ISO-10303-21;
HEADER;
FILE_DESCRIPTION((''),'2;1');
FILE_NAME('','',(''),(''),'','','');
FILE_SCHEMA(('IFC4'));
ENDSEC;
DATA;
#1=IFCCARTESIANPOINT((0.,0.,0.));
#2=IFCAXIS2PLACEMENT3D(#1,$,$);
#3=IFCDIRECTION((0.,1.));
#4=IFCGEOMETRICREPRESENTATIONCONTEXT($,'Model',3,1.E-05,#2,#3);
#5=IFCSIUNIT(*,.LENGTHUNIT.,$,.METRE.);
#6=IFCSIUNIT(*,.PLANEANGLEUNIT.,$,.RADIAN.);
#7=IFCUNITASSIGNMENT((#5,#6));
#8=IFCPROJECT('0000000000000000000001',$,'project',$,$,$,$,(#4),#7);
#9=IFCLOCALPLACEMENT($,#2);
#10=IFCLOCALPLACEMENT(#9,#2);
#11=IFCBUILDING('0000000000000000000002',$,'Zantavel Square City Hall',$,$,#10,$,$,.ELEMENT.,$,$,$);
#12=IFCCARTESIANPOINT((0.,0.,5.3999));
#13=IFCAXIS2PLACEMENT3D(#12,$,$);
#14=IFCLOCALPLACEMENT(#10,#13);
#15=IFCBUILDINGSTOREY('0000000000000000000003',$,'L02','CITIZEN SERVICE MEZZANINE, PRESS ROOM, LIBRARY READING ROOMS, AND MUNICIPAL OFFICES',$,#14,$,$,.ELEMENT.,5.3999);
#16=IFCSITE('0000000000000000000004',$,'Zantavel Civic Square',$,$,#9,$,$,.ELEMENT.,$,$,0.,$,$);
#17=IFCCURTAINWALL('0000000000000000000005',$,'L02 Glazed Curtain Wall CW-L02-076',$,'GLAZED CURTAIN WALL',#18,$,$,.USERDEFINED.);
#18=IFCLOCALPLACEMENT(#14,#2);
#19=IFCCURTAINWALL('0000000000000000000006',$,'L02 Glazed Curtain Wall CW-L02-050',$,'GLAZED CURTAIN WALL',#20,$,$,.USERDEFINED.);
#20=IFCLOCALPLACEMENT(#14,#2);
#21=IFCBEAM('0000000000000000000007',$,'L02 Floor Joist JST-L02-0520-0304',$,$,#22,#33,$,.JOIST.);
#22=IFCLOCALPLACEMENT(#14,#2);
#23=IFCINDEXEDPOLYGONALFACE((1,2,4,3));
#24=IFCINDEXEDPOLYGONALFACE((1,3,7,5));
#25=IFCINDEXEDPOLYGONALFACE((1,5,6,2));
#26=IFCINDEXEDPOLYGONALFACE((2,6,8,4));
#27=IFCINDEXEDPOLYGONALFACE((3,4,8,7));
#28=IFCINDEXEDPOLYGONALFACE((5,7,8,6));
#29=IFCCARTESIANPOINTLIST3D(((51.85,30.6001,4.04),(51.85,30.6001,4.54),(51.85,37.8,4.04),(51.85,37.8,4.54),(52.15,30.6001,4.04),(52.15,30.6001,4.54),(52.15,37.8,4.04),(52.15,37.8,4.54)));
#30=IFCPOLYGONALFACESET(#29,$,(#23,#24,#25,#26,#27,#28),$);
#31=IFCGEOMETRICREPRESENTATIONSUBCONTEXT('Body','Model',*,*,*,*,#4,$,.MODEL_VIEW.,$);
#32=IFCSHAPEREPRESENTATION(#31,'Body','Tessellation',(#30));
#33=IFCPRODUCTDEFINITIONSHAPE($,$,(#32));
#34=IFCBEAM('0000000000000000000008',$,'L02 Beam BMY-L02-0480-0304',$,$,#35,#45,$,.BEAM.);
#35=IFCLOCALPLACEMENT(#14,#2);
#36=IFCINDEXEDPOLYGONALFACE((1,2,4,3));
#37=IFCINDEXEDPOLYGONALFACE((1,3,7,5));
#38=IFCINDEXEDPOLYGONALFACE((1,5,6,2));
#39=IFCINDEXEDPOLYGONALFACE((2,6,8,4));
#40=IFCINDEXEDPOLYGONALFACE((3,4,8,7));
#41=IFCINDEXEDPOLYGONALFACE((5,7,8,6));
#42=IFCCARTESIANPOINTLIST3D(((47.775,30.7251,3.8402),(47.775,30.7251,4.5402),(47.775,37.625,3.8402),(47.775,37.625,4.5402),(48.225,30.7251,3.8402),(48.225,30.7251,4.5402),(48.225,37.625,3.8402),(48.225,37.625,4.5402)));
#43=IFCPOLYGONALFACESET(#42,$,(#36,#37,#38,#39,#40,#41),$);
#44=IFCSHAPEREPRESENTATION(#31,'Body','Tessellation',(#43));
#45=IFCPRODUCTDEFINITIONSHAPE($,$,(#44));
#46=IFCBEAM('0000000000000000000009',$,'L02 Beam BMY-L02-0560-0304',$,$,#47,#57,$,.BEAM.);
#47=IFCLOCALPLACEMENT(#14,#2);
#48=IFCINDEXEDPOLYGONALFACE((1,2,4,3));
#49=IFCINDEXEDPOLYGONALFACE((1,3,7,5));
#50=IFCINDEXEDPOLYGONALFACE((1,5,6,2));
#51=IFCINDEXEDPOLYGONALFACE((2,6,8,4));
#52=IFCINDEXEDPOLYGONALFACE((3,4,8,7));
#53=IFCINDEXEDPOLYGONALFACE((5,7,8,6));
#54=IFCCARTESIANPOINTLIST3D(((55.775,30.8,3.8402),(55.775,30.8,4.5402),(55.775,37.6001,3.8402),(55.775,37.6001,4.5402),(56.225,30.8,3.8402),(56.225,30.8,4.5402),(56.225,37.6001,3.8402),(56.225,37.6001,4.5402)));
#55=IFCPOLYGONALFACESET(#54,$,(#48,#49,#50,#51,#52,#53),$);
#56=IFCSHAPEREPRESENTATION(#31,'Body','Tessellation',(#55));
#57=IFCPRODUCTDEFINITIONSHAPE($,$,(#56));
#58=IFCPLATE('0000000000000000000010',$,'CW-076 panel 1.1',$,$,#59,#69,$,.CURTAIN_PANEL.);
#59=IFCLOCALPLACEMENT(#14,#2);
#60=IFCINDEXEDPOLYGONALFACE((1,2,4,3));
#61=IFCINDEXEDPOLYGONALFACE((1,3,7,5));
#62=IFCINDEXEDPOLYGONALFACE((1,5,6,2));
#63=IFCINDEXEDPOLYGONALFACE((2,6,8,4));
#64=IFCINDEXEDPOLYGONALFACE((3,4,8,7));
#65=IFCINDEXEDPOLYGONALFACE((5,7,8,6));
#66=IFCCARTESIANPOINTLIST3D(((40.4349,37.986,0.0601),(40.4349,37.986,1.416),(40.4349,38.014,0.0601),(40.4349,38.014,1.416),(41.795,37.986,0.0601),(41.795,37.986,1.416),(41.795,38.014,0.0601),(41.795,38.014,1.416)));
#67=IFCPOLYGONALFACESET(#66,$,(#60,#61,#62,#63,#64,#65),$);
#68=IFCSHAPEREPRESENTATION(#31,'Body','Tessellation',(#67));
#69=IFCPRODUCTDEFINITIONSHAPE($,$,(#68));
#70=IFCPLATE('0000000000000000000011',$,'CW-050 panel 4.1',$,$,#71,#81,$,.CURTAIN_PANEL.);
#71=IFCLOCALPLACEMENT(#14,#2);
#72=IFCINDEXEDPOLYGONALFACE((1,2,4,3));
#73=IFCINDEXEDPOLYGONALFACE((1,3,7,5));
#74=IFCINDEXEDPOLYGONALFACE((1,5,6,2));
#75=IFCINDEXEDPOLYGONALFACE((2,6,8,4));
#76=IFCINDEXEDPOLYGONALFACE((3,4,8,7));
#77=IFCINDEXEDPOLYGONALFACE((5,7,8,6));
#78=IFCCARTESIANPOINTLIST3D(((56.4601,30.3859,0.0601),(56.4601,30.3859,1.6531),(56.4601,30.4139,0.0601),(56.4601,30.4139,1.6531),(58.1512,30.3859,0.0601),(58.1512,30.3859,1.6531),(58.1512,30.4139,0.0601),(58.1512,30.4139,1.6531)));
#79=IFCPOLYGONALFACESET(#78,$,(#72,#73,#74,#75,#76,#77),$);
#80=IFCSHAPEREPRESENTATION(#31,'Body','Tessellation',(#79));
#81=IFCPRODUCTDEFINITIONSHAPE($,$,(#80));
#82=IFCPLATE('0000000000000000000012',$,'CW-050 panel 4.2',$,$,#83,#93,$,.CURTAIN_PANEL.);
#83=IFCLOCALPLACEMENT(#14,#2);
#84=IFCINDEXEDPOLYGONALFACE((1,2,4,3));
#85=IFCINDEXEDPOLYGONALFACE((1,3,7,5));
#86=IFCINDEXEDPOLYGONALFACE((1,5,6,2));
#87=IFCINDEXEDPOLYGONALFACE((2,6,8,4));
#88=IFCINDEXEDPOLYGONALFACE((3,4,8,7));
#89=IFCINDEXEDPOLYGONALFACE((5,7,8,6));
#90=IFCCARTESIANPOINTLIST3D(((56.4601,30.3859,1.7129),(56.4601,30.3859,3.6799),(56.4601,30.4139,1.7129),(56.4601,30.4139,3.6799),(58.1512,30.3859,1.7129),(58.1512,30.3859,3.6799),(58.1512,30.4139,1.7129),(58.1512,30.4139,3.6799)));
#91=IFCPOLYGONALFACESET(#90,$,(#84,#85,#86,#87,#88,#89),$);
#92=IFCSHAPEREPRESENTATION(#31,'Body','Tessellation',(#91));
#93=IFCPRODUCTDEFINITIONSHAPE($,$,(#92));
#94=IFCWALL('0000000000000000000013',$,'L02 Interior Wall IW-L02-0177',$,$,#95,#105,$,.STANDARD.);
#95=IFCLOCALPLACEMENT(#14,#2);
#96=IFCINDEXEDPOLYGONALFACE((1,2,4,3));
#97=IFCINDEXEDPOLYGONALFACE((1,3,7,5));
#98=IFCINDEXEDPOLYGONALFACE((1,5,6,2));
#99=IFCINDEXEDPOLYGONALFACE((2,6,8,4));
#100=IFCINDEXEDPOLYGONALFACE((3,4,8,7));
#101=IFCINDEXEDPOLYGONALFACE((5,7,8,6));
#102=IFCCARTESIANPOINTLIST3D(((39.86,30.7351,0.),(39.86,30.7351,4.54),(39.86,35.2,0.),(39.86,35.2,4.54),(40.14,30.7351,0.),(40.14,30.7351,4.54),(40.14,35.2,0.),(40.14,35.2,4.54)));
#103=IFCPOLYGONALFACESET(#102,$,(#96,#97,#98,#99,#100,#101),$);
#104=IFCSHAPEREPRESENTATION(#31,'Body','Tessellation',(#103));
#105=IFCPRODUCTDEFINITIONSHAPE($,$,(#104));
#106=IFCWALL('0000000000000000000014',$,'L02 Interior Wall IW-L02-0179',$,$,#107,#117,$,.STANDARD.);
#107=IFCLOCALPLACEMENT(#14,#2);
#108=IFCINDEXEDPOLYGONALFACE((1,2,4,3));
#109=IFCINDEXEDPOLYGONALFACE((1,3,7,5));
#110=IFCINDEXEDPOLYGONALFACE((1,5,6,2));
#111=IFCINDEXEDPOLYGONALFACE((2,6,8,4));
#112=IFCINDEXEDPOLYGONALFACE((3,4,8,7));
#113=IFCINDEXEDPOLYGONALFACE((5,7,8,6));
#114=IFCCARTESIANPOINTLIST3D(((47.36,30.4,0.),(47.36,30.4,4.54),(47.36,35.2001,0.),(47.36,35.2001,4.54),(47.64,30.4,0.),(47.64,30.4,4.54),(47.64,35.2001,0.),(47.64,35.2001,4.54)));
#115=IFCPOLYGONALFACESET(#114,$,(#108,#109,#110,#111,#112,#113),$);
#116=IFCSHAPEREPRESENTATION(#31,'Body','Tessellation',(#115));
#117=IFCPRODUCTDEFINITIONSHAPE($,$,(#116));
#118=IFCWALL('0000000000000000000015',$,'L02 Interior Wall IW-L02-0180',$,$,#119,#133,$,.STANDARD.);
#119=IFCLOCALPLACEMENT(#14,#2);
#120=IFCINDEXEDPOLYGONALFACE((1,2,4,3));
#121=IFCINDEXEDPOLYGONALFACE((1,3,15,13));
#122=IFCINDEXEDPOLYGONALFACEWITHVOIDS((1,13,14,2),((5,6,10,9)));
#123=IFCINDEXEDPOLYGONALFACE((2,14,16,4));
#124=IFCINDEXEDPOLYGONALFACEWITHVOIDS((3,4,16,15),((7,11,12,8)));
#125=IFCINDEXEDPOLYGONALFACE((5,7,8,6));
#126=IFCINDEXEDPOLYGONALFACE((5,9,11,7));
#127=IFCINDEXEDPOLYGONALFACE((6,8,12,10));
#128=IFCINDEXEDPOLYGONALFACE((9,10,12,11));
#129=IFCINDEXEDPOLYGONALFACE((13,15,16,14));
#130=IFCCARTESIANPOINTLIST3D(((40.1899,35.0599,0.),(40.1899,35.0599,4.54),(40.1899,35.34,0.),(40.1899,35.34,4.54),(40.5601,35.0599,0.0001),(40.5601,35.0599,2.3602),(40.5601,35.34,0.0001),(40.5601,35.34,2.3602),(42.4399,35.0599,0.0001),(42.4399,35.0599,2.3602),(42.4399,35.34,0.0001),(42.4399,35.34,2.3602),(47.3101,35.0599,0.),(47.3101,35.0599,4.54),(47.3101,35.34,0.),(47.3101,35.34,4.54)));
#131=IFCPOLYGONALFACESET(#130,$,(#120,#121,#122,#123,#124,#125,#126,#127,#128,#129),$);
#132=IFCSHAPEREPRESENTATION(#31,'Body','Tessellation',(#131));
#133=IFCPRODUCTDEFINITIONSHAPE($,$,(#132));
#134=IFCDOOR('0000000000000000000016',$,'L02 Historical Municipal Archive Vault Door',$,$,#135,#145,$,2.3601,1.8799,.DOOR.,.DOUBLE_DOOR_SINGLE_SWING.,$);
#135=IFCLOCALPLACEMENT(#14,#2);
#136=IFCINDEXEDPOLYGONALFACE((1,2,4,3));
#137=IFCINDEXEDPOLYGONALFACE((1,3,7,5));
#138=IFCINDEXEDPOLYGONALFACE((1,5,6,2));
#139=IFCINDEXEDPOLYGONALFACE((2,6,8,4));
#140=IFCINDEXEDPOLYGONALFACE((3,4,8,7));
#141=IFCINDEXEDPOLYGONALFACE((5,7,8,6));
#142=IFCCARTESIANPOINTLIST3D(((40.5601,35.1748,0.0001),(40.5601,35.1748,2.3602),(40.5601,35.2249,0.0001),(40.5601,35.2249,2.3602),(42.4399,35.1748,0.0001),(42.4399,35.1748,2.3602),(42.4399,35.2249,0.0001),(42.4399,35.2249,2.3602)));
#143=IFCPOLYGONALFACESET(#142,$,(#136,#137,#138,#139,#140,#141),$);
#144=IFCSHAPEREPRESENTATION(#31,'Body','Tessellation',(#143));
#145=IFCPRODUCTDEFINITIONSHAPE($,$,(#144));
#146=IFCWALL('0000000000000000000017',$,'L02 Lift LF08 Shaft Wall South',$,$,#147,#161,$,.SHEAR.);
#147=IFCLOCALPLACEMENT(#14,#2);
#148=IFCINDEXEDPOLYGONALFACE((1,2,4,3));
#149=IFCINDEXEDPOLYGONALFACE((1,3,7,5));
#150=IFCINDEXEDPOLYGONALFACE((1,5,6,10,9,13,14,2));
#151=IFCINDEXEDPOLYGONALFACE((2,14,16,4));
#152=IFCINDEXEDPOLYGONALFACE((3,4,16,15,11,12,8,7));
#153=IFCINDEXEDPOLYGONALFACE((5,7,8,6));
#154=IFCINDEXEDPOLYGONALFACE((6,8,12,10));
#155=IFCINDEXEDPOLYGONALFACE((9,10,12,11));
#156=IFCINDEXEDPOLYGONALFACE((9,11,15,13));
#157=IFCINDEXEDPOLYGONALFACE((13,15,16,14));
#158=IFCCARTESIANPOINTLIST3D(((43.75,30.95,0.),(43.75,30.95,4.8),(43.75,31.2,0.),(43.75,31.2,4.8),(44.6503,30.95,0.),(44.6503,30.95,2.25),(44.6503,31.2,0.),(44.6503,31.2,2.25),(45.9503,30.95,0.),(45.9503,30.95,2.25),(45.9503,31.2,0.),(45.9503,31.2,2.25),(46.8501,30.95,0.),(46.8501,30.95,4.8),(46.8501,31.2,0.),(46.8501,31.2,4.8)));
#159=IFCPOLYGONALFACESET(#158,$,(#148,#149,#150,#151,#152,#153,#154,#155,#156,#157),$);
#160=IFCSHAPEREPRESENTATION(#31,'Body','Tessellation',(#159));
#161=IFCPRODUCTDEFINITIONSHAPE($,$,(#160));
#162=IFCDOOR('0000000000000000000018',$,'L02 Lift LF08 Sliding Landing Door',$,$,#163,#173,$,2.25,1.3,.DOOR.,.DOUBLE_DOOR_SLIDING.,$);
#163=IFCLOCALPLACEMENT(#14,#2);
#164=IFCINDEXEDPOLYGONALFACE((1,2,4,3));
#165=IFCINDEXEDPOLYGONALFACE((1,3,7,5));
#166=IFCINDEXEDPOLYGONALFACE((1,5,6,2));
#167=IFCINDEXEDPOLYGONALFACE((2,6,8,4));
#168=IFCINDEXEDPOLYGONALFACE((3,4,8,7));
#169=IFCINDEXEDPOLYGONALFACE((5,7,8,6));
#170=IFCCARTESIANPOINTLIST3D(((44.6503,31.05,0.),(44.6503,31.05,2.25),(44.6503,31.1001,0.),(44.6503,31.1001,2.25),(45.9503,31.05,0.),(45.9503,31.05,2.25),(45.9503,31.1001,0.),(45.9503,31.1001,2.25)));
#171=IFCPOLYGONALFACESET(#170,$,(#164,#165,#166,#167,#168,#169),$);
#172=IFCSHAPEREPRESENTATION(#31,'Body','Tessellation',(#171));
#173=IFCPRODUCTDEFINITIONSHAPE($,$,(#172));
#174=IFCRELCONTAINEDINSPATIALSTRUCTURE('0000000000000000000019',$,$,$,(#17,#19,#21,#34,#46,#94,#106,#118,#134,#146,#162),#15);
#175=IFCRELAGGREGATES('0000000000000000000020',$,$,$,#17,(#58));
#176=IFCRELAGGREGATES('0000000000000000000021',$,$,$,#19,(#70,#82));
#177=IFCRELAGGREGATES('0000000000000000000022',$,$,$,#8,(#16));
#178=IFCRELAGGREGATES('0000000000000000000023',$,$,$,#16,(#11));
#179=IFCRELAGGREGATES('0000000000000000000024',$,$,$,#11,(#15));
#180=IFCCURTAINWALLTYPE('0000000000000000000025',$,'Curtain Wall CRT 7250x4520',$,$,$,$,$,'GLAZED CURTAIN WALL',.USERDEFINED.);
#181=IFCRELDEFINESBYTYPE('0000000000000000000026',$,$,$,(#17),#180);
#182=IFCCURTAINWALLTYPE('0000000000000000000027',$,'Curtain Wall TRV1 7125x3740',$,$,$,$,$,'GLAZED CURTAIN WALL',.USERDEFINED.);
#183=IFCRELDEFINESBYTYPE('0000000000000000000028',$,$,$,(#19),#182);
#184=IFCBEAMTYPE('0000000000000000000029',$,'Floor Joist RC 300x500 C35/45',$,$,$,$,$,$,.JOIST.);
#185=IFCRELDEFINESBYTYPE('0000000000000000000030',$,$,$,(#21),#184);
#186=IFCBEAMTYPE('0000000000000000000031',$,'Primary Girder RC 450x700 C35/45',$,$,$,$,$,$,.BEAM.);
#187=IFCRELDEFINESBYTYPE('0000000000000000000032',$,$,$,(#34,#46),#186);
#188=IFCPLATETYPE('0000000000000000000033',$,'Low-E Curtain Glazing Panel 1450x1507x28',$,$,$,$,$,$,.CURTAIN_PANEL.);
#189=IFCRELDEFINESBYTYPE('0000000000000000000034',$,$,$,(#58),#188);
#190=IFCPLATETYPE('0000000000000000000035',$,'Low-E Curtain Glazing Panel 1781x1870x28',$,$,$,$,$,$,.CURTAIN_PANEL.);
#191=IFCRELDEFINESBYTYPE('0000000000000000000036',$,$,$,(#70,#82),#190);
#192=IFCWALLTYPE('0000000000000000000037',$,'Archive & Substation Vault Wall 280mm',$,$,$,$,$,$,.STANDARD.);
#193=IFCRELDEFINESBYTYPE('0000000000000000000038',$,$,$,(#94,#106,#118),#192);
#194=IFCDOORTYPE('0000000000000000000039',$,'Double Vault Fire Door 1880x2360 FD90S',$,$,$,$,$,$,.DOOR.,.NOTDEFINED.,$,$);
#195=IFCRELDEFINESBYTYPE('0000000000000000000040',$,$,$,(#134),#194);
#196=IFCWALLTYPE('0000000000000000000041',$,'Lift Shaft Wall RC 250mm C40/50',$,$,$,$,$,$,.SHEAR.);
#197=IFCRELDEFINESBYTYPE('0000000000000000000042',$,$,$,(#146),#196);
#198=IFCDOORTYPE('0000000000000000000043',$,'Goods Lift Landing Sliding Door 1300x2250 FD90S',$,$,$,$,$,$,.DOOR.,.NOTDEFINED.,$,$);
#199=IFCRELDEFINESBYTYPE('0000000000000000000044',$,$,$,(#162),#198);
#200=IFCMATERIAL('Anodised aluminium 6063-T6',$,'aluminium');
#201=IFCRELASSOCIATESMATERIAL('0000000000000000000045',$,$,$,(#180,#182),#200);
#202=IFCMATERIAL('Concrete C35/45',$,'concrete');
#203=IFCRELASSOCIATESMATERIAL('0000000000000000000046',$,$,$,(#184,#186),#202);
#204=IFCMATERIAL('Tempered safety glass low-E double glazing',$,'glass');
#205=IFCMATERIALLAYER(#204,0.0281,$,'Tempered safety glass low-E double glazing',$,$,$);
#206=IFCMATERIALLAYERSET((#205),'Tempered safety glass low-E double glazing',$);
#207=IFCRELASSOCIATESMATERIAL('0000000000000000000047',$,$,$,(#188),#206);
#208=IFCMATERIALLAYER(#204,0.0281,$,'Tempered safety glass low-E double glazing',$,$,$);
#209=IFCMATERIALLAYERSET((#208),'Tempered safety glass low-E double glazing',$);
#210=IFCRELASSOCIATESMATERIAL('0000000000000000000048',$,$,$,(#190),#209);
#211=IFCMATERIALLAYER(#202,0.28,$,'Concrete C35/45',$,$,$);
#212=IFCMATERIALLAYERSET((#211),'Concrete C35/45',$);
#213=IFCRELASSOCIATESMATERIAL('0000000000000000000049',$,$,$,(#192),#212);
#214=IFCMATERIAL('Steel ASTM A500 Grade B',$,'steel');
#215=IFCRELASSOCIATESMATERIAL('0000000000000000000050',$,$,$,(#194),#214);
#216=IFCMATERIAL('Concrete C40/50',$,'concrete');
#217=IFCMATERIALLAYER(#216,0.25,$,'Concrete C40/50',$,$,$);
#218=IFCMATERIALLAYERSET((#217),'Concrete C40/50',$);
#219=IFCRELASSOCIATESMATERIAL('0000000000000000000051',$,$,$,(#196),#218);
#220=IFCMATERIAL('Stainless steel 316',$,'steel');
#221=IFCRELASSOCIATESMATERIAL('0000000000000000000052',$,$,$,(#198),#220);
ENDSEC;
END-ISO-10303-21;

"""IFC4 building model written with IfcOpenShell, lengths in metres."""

from ifc_helpers import new_model, si_unit, direction, frame, frame_2d, origin, origin_2d, place, context, subcontext, project, spatial, rectangle, extrude, material, layer, layer_set, material_profile, profile_set, type_object, element, fill, aggregate, save


model = new_model("IFC4")

# Units and contexts
model_context = context("Model", 3, precision=1e-05, world=origin(), true_north=direction((0.0, 1.0)))
body_context = subcontext(model_context, "Body", "Model", "MODEL_VIEW")
ifc_project = project(units=[si_unit("LENGTHUNIT", "METRE"), si_unit("PLANEANGLEUNIT", "RADIAN")], contexts=[model_context])

# Site, building, storey
site_placement = place(None, origin())
site = spatial("IfcSite", under=ifc_project, at=site_placement, Name="Zantavel Civic Square", CompositionType="ELEMENT", RefElevation=0.0)
building_placement = place(site_placement, origin())
building = spatial("IfcBuilding", under=site, at=building_placement, Name="Zantavel Square City Hall", CompositionType="ELEMENT")
storey_placement = place(building_placement, frame((0.0, 0.0, 5.3999)))
storey = spatial("IfcBuildingStorey", under=building, at=storey_placement, Name="L02", Description="CITIZEN SERVICE MEZZANINE, PRESS ROOM, LIBRARY READING ROOMS, AND MUNICIPAL OFFICES", CompositionType="ELEMENT", Elevation=5.3999)

# Shared definitions
ifc_material_1 = material(Name="Concrete C40/50", Category="concrete")

# Curtain wall
ifc_material_2 = material(Name="Anodised aluminium 6063-T6", Category="aluminium")
curtain_wall_type_1 = type_object("IfcCurtainWallType", Name="Curtain Wall CRT 7250x4520", ElementType="GLAZED CURTAIN WALL", PredefinedType="USERDEFINED", material=ifc_material_2)
curtain_wall_1_placement = place(storey_placement, origin())
curtain_wall_1 = element("IfcCurtainWall", 1, at=curtain_wall_1_placement, inside=storey, type_object=curtain_wall_type_1, Name="L02 Glazed Curtain Wall CW-L02-076", ObjectType="GLAZED CURTAIN WALL", PredefinedType="USERDEFINED")

# Curtain wall
curtain_wall_type_2 = type_object("IfcCurtainWallType", Name="Curtain Wall TRV1 7125x3740", ElementType="GLAZED CURTAIN WALL", PredefinedType="USERDEFINED", material=ifc_material_2)
curtain_wall_2_placement = place(storey_placement, origin())
curtain_wall_2 = element("IfcCurtainWall", 2, at=curtain_wall_2_placement, inside=storey, type_object=curtain_wall_type_2, Name="L02 Glazed Curtain Wall CW-L02-050", ObjectType="GLAZED CURTAIN WALL", PredefinedType="USERDEFINED")

# Beams
ifc_material_3 = material(Name="Concrete C35/45", Category="concrete")
ifc_material_profile_1 = material_profile(ifc_material_3, rectangle(XDim=0.3, YDim=0.5, at=origin_2d()), Name="RC 300x500")
ifc_profile_set_1 = profile_set([ifc_material_profile_1], Name="Concrete C35/45")
beam_type_1 = type_object("IfcBeamType", Name="Floor Joist RC 300x500 C35/45", PredefinedType="JOIST", material=ifc_profile_set_1)
beam_1_placement = place(storey_placement, frame((52.0, 30.6001, 4.29), z_axis=(0.0, 1.0, 0.0), x_axis=(-1.0, 0.0, 0.0)))
element("IfcBeam", 3, at=beam_1_placement, inside=storey, type_object=beam_type_1, Name="L02 Floor Joist JST-L02-0520-0304", PredefinedType="JOIST", context=body_context, shape_type="SweptSolid", body=[
    extrude(rectangle(XDim=0.3, YDim=0.5, at=origin_2d()), origin(), (0.0, 0.0, 1.0), 7.2),
])
ifc_material_profile_2 = material_profile(ifc_material_3, rectangle(XDim=0.45, YDim=0.7, at=origin_2d()), Name="RC 450x700")
ifc_profile_set_2 = profile_set([ifc_material_profile_2], Name="Concrete C35/45")
beam_type_2 = type_object("IfcBeamType", Name="Primary Girder RC 450x700 C35/45", PredefinedType="BEAM", material=ifc_profile_set_2)
beam_2_placement = place(storey_placement, frame((48.0, 30.7251, 4.1902), z_axis=(0.0, 1.0, 0.0), x_axis=(-1.0, 0.0, 0.0)))
element("IfcBeam", 4, at=beam_2_placement, inside=storey, type_object=beam_type_2, Name="L02 Beam BMY-L02-0480-0304", PredefinedType="BEAM", context=body_context, shape_type="SweptSolid", body=[
    extrude(rectangle(XDim=0.45, YDim=0.7, at=origin_2d()), origin(), (0.0, 0.0, 1.0), 6.8999),
])
beam_3_placement = place(storey_placement, frame((56.0, 30.8, 4.1902), z_axis=(0.0, 1.0, 0.0), x_axis=(-1.0, 0.0, 0.0)))
element("IfcBeam", 5, at=beam_3_placement, inside=storey, type_object=beam_type_2, Name="L02 Beam BMY-L02-0560-0304", PredefinedType="BEAM", context=body_context, shape_type="SweptSolid", body=[
    extrude(rectangle(XDim=0.45, YDim=0.7, at=origin_2d()), origin(), (0.0, 0.0, 1.0), 6.8),
])

# Plates
ifc_material_4 = material(Name="Tempered safety glass low-E double glazing", Category="glass")
ifc_layer_1 = layer(ifc_material_4, 0.0281, Name="Tempered safety glass low-E double glazing")
ifc_layer_set_1 = layer_set([ifc_layer_1], Name="Tempered safety glass low-E double glazing")
plate_type_1 = type_object("IfcPlateType", Name="Low-E Curtain Glazing Panel 1450x1507x28", PredefinedType="CURTAIN_PANEL", material=ifc_layer_set_1)
plate_1_placement = place(storey_placement, frame((41.115, 38.0, 0.0601), z_axis=(0.0, 0.0, 1.0), x_axis=(1.0, 0.0, 0.0)))
plate_1 = element("IfcPlate", 6, at=plate_1_placement, type_object=plate_type_1, Name="CW-076 panel 1.1", PredefinedType="CURTAIN_PANEL", context=body_context, shape_type="SweptSolid", body=[
    extrude(rectangle(XDim=1.3601, YDim=0.0281, at=origin_2d()), origin(), (0.0, 0.0, 1.0), 1.356),
])
aggregate(curtain_wall_1, [plate_1])
ifc_layer_2 = layer(ifc_material_4, 0.0281, Name="Tempered safety glass low-E double glazing")
ifc_layer_set_2 = layer_set([ifc_layer_2], Name="Tempered safety glass low-E double glazing")
plate_type_2 = type_object("IfcPlateType", Name="Low-E Curtain Glazing Panel 1781x1870x28", PredefinedType="CURTAIN_PANEL", material=ifc_layer_set_2)
plate_2_placement = place(storey_placement, frame((57.3057, 30.3999, 0.0601), z_axis=(0.0, 0.0, 1.0), x_axis=(-1.0, 0.0, 0.0)))
plate_2 = element("IfcPlate", 7, at=plate_2_placement, type_object=plate_type_2, Name="CW-050 panel 4.1", PredefinedType="CURTAIN_PANEL", context=body_context, shape_type="SweptSolid", body=[
    extrude(rectangle(XDim=1.6912, YDim=0.0281, at=origin_2d()), origin(), (0.0, 0.0, 1.0), 1.593),
])
plate_3_placement = place(storey_placement, frame((57.3057, 30.3999, 1.7129), z_axis=(0.0, 0.0, 1.0), x_axis=(-1.0, 0.0, 0.0)))
plate_3 = element("IfcPlate", 8, at=plate_3_placement, type_object=plate_type_2, Name="CW-050 panel 4.2", PredefinedType="CURTAIN_PANEL", context=body_context, shape_type="SweptSolid", body=[
    extrude(rectangle(XDim=1.6912, YDim=0.0281, at=origin_2d()), origin(), (0.0, 0.0, 1.0), 1.967),
])
aggregate(curtain_wall_2, [plate_2, plate_3])

# Walls
ifc_layer_3 = layer(ifc_material_3, 0.28, Name="Concrete C35/45")
ifc_layer_set_3 = layer_set([ifc_layer_3], Name="Concrete C35/45")
wall_type_1 = type_object("IfcWallType", Name="Archive & Substation Vault Wall 280mm", PredefinedType="STANDARD", material=ifc_layer_set_3)
wall_1_placement = place(storey_placement, frame((40.0, 30.7351, 0.0), z_axis=(0.0, 0.0, 1.0), x_axis=(0.0, 1.0, 0.0)))
element("IfcWall", 9, at=wall_1_placement, inside=storey, type_object=wall_type_1, Name="L02 Interior Wall IW-L02-0177", PredefinedType="STANDARD", context=body_context, shape_type="SweptSolid", body=[
    extrude(rectangle(XDim=4.4648, YDim=0.28, at=frame_2d((2.2324, 0.0))), origin(), (0.0, 0.0, 1.0), 4.54),
])
wall_2_placement = place(storey_placement, frame((47.5, 35.2, 0.0), z_axis=(0.0, 0.0, 1.0), x_axis=(0.0, -1.0, 0.0)))
element("IfcWall", 10, at=wall_2_placement, inside=storey, type_object=wall_type_1, Name="L02 Interior Wall IW-L02-0179", PredefinedType="STANDARD", context=body_context, shape_type="SweptSolid", body=[
    extrude(rectangle(XDim=4.8, YDim=0.28, at=frame_2d((2.3999, 0.0))), origin(), (0.0, 0.0, 1.0), 4.54),
])

# Walls, openings, doors
wall_3_placement = place(storey_placement, frame((40.1899, 35.2, 0.0), z_axis=(0.0, 0.0, 1.0), x_axis=(1.0, 0.0, 0.0)))
wall_3 = element("IfcWall", 11, at=wall_3_placement, inside=storey, type_object=wall_type_1, Name="L02 Interior Wall IW-L02-0180", PredefinedType="STANDARD", context=body_context, shape_type="SweptSolid", body=[
    extrude(rectangle(XDim=7.1201, YDim=0.28, at=frame_2d((3.5601, 0.0))), origin(), (0.0, 0.0, 1.0), 4.54),
])
opening_1_placement = place(wall_3_placement, frame((0.3701, 0.0, 0.0)))
opening_1 = element("IfcOpeningElement", 12, at=opening_1_placement, cuts=wall_3, PredefinedType="OPENING", context=body_context, shape_type="SweptSolid", body=[
    extrude(rectangle(XDim=1.8799, YDim=2.3601, at=frame_2d((0.9399, 1.1802))), frame((0.0, 0.1499, 0.0), z_axis=(0.0, -1.0, 0.0), x_axis=(1.0, 0.0, 0.0)), (0.0, 0.0, 1.0), 0.3),
])
ifc_material_5 = material(Name="Steel ASTM A500 Grade B", Category="steel")
door_type_1 = type_object("IfcDoorType", Name="Double Vault Fire Door 1880x2360 FD90S", OperationType="NOTDEFINED", PredefinedType="DOOR", material=ifc_material_5)
door_1_placement = place(opening_1_placement, origin())
door_1 = element("IfcDoor", 13, at=door_1_placement, inside=storey, type_object=door_type_1, Name="L02 Historical Municipal Archive Vault Door", OperationType="DOUBLE_DOOR_SINGLE_SWING", OverallHeight=2.3601, OverallWidth=1.8799, PredefinedType="DOOR", context=body_context, shape_type="SweptSolid", body=[
    extrude(rectangle(XDim=1.8799, YDim=2.3601, at=frame_2d((0.9399, 1.1802))), frame((0.0, 0.0249, 0.0), z_axis=(0.0, -1.0, 0.0), x_axis=(1.0, 0.0, 0.0)), (0.0, 0.0, 1.0), 0.05),
])
fill(opening_1, door_1)
ifc_layer_4 = layer(ifc_material_1, 0.25, Name="Concrete C40/50")
ifc_layer_set_4 = layer_set([ifc_layer_4], Name="Concrete C40/50")
wall_type_2 = type_object("IfcWallType", Name="Lift Shaft Wall RC 250mm C40/50", PredefinedType="SHEAR", material=ifc_layer_set_4)
wall_4_placement = place(storey_placement, frame((46.8501, 31.075, 0.0), z_axis=(0.0, 0.0, 1.0), x_axis=(-1.0, 0.0, 0.0)))
wall_4 = element("IfcWall", 14, at=wall_4_placement, inside=storey, type_object=wall_type_2, Name="L02 Lift LF08 Shaft Wall South", PredefinedType="SHEAR", context=body_context, shape_type="SweptSolid", body=[
    extrude(rectangle(XDim=3.1001, YDim=0.25, at=frame_2d((1.55, 0.0))), origin(), (0.0, 0.0, 1.0), 4.8),
])
opening_2_placement = place(wall_4_placement, frame((0.8999, 0.0, 0.0)))
opening_2 = element("IfcOpeningElement", 15, at=opening_2_placement, cuts=wall_4, PredefinedType="OPENING", context=body_context, shape_type="SweptSolid", body=[
    extrude(rectangle(XDim=1.3, YDim=2.25, at=frame_2d((0.6499, 1.125))), frame((0.0, 0.135, 0.0), z_axis=(0.0, -1.0, 0.0), x_axis=(1.0, 0.0, 0.0)), (0.0, 0.0, 1.0), 0.27),
])
ifc_material_6 = material(Name="Stainless steel 316", Category="steel")
door_type_2 = type_object("IfcDoorType", Name="Goods Lift Landing Sliding Door 1300x2250 FD90S", OperationType="NOTDEFINED", PredefinedType="DOOR", material=ifc_material_6)
door_2_placement = place(opening_2_placement, origin())
door_2 = element("IfcDoor", 16, at=door_2_placement, inside=storey, type_object=door_type_2, Name="L02 Lift LF08 Sliding Landing Door", OperationType="DOUBLE_DOOR_SLIDING", OverallHeight=2.25, OverallWidth=1.3, PredefinedType="DOOR", context=body_context, shape_type="SweptSolid", body=[
    extrude(rectangle(XDim=1.3, YDim=2.25, at=frame_2d((0.6499, 1.125))), frame((0.0, 0.0249, 0.0), z_axis=(0.0, -1.0, 0.0), x_axis=(1.0, 0.0, 0.0)), (0.0, 0.0, 1.0), 0.05),
])
fill(opening_2, door_2)

save(model, "model.ifc")
